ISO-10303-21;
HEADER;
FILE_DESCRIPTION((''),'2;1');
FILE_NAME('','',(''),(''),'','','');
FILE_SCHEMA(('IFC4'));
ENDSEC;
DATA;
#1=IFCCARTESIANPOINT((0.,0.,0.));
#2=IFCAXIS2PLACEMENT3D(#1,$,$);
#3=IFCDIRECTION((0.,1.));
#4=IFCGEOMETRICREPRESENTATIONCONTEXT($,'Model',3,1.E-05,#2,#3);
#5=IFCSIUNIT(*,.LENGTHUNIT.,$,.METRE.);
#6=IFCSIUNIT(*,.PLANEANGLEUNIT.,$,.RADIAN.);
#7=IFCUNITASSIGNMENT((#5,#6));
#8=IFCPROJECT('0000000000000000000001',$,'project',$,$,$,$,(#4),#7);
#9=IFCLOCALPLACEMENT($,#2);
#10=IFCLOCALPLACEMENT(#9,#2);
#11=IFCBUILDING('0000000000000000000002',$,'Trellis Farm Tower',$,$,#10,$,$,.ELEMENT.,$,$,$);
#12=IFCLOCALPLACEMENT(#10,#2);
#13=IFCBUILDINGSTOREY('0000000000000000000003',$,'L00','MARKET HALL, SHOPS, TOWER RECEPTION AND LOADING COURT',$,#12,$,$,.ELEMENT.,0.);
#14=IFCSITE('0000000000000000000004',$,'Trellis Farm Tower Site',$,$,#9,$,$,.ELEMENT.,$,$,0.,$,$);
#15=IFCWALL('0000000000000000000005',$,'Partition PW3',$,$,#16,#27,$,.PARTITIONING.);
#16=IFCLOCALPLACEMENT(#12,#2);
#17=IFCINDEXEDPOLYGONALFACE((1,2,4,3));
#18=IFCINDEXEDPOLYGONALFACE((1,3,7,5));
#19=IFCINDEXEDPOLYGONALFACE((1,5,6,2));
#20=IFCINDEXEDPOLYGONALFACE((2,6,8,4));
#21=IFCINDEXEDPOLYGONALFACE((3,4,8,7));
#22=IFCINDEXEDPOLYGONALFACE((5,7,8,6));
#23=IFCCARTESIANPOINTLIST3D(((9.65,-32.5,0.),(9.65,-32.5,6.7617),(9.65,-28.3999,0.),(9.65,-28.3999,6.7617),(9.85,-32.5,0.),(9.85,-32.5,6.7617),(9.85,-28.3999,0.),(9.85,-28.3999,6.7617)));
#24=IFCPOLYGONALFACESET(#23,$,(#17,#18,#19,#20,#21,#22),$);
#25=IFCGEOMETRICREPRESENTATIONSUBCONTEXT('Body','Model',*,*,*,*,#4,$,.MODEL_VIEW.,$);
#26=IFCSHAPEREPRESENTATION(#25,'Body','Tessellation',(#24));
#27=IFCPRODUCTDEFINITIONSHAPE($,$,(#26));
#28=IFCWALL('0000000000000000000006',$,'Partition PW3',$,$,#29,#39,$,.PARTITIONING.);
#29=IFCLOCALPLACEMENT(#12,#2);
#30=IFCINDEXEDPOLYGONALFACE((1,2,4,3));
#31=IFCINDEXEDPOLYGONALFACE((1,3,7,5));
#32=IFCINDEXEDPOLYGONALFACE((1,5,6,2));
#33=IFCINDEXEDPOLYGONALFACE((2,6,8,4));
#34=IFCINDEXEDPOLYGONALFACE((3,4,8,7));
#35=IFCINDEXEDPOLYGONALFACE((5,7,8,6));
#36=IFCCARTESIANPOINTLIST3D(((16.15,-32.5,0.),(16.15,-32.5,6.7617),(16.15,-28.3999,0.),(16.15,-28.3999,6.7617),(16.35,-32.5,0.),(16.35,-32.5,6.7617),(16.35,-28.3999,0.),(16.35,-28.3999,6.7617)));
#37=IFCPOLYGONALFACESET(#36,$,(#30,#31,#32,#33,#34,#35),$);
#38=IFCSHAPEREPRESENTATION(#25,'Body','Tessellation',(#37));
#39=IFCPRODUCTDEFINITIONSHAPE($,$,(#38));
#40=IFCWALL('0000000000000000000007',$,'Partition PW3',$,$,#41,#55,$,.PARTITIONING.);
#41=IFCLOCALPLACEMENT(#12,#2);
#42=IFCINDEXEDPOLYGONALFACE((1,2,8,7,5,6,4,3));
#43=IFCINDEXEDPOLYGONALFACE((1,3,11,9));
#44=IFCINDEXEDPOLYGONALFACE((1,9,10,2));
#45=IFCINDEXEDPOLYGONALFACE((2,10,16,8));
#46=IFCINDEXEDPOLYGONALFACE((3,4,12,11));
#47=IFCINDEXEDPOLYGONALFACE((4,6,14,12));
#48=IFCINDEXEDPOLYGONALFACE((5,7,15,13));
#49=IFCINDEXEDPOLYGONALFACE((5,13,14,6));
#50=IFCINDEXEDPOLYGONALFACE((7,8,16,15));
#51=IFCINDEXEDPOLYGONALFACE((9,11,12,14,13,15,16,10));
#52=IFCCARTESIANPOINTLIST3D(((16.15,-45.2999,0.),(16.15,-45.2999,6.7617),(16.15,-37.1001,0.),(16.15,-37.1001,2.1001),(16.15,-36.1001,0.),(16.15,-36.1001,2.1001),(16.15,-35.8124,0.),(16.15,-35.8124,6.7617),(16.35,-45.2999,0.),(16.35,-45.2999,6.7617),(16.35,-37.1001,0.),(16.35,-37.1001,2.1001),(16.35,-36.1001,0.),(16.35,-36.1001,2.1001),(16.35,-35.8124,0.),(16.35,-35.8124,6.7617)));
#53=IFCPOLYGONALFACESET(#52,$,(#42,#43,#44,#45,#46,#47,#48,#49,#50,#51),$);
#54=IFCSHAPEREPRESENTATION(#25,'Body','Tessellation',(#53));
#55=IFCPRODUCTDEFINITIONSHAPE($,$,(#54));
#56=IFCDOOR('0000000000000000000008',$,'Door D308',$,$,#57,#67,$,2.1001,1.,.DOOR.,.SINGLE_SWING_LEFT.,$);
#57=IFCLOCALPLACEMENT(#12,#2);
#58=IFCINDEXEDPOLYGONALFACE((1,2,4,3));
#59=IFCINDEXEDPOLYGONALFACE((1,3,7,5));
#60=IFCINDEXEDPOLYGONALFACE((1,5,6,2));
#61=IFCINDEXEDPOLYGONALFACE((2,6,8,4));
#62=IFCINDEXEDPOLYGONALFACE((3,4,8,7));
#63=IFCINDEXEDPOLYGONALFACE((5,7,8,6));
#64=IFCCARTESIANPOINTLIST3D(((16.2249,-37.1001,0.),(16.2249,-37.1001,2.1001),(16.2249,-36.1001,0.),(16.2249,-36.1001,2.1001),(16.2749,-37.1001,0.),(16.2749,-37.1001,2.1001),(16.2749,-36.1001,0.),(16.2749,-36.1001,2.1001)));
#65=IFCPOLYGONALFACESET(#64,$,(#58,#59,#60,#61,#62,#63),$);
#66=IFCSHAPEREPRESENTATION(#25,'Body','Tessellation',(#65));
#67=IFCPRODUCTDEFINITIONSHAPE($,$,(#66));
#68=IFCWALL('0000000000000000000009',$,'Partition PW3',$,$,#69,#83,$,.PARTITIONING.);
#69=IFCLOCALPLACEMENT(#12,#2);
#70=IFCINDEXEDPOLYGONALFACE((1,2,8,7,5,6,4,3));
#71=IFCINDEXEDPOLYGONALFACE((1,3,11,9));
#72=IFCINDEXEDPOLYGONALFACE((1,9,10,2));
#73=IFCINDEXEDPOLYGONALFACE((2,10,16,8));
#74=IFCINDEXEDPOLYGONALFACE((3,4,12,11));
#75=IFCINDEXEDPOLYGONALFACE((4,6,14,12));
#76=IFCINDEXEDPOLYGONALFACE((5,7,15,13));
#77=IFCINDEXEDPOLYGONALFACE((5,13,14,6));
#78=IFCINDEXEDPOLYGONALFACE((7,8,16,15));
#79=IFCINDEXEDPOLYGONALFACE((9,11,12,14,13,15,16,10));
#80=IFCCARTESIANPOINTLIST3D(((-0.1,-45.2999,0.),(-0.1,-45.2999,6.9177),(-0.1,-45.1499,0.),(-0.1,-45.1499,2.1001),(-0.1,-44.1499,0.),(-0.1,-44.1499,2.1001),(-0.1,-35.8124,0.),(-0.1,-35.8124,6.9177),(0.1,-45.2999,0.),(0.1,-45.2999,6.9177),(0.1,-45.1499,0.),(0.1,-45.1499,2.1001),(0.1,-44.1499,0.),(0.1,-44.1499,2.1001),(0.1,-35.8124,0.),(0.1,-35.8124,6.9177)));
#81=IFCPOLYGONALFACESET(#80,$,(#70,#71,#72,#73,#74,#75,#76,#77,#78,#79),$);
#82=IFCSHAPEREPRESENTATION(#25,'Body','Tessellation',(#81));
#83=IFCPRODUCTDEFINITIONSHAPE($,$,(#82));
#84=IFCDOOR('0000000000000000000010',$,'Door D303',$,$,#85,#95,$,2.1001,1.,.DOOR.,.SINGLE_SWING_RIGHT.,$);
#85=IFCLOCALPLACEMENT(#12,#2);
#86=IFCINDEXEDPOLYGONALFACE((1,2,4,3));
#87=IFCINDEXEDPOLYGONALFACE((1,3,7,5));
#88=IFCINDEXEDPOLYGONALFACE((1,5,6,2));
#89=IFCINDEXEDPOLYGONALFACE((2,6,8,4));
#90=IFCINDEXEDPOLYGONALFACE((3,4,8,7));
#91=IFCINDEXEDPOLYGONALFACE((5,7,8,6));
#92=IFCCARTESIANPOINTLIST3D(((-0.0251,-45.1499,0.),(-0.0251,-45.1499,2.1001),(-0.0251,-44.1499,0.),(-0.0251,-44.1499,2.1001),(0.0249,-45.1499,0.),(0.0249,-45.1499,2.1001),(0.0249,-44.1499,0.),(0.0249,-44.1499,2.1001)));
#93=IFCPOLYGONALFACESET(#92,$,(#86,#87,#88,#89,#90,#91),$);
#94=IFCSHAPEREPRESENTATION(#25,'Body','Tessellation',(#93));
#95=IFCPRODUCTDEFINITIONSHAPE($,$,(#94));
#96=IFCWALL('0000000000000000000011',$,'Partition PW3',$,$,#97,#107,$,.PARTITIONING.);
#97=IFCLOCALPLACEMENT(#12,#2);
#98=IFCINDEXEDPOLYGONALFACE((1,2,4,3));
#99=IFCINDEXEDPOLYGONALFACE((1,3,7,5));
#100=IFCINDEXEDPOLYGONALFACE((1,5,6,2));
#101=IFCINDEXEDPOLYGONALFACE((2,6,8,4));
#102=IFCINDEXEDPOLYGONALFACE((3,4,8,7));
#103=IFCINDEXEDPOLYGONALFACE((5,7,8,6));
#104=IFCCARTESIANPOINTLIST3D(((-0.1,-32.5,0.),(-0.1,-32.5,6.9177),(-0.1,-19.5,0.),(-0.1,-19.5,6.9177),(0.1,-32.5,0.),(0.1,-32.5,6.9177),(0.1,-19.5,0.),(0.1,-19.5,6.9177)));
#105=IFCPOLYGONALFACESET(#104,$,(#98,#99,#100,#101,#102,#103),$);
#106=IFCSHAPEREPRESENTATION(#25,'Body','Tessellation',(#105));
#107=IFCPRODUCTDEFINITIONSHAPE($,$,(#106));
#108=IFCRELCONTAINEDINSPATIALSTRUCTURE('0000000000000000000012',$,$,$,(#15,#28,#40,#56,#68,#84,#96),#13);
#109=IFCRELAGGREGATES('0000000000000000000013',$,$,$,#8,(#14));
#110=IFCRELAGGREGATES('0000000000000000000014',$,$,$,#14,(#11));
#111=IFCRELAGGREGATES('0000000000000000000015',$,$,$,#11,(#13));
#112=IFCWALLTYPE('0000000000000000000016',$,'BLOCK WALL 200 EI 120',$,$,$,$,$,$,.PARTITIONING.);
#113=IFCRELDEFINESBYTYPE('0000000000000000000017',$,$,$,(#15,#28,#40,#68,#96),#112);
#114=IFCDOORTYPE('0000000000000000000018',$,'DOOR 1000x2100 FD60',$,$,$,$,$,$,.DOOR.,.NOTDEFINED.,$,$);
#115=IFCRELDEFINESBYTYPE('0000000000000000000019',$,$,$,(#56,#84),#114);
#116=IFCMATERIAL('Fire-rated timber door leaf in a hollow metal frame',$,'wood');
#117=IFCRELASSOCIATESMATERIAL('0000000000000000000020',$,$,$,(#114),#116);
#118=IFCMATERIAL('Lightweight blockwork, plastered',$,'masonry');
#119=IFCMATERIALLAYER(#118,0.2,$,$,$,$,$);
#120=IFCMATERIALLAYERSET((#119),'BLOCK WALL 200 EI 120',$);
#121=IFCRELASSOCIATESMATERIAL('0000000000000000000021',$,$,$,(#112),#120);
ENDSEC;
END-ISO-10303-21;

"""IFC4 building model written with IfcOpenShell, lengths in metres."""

from ifc_helpers import new_model, si_unit, direction, frame, frame_2d, origin, place, context, subcontext, project, spatial, rectangle, extrude, source, transform, mapped, material, layer, layer_set, type_object, element, fill, save


model = new_model("IFC4")

# Units and contexts
model_context = context("Model", 3, precision=1e-05, world=origin(), true_north=direction((0.0, 1.0)))
body_context = subcontext(model_context, "Body", "Model", "MODEL_VIEW")
ifc_project = project(units=[si_unit("LENGTHUNIT", "METRE"), si_unit("PLANEANGLEUNIT", "RADIAN")], contexts=[model_context])

# Site, building, storey
site_placement = place(None, origin())
site = spatial("IfcSite", under=ifc_project, at=site_placement, Name="Trellis Farm Tower Site", CompositionType="ELEMENT", RefElevation=0.0)
building_placement = place(site_placement, origin())
building = spatial("IfcBuilding", under=site, at=building_placement, Name="Trellis Farm Tower", CompositionType="ELEMENT")
storey_placement = place(building_placement, origin())
storey = spatial("IfcBuildingStorey", under=building, at=storey_placement, Name="L00", Description="MARKET HALL, SHOPS, TOWER RECEPTION AND LOADING COURT", CompositionType="ELEMENT", Elevation=0.0)

# Shared definitions
ifc_material_1 = material(Name="Fire-rated timber door leaf in a hollow metal frame", Category="wood")
door_type_1 = type_object("IfcDoorType", Name="DOOR 1000x2100 FD60", OperationType="NOTDEFINED", PredefinedType="DOOR", material=ifc_material_1)
shared_shape_1 = source(origin(), body_context, "Body", "SweptSolid", [
    extrude(rectangle(XDim=1.0, YDim=2.1001, at=frame_2d((0.5, 1.05))), frame((0.0, 0.0249, 0.0), z_axis=(0.0, -1.0, 0.0), x_axis=(1.0, 0.0, 0.0)), (0.0, 0.0, 1.0), 0.05),
])

# Shared definitions
ifc_material_2 = material(Name="Lightweight blockwork, plastered", Category="masonry")
ifc_layer_1 = layer(ifc_material_2, 0.2)
ifc_layer_set_1 = layer_set([ifc_layer_1], Name="BLOCK WALL 200 EI 120")
wall_type_1 = type_object("IfcWallType", Name="BLOCK WALL 200 EI 120", PredefinedType="PARTITIONING", material=ifc_layer_set_1)

# Walls
shared_shape_2 = source(origin(), body_context, "Body", "SweptSolid", [
    extrude(rectangle(XDim=4.1001, YDim=0.2, at=frame_2d((2.05, 0.0))), origin(), (0.0, 0.0, 1.0), 6.7617),
])
for number, where, z_axis, x_axis, name in (
    (1, (9.75, -32.5, 0.0), (0.0, 0.0, 1.0), (0.0, 1.0, 0.0), "Partition PW3"),
    (2, (16.25, -32.5, 0.0), (0.0, 0.0, 1.0), (0.0, 1.0, 0.0), "Partition PW3"),
):
    element("IfcWall", number, at=place(storey_placement, frame(where, z_axis=z_axis, x_axis=x_axis)), inside=storey, type_object=wall_type_1, Name=name, PredefinedType="PARTITIONING", context=body_context, shape_type="MappedRepresentation", body=[
        mapped(shared_shape_2, transform((0.0, 0.0, 0.0))),
    ])

# Walls, openings, doors
shared_shape_3 = source(origin(), body_context, "Body", "SweptSolid", [
    extrude(rectangle(XDim=9.4875, YDim=0.2, at=frame_2d((4.7437, 0.0))), origin(), (0.0, 0.0, 1.0), 6.7617),
])
wall_1_placement = place(storey_placement, frame((16.25, -35.8125, 0.0), z_axis=(0.0, 0.0, 1.0), x_axis=(0.0, -1.0, 0.0)))
wall_1 = element("IfcWall", 3, at=wall_1_placement, inside=storey, type_object=wall_type_1, Name="Partition PW3", PredefinedType="PARTITIONING", context=body_context, shape_type="MappedRepresentation", body=[
    mapped(shared_shape_3, transform((0.0, 0.0, 0.0))),
])
shared_shape_4 = source(origin(), body_context, "Body", "SweptSolid", [
    extrude(rectangle(XDim=1.0, YDim=2.1001, at=frame_2d((0.5, 1.05))), frame((0.0, 0.1101, 0.0), z_axis=(0.0, -1.0, 0.0), x_axis=(1.0, 0.0, 0.0)), (0.0, 0.0, 1.0), 0.2202),
])
opening_1_placement = place(wall_1_placement, frame((0.2876, 0.0, 0.0)))
opening_1 = element("IfcOpeningElement", 4, at=opening_1_placement, cuts=wall_1, PredefinedType="OPENING", context=body_context, shape_type="MappedRepresentation", body=[
    mapped(shared_shape_4, transform((0.0, 0.0, 0.0))),
])
door_1_placement = place(opening_1_placement, origin())
door_1 = element("IfcDoor", 5, at=door_1_placement, inside=storey, type_object=door_type_1, Name="Door D308", OperationType="SINGLE_SWING_LEFT", OverallHeight=2.1001, OverallWidth=1.0, PredefinedType="DOOR", context=body_context, shape_type="MappedRepresentation", body=[
    mapped(shared_shape_1, transform((0.0, 0.0, 0.0))),
])
fill(opening_1, door_1)
shared_shape_5 = source(origin(), body_context, "Body", "SweptSolid", [
    extrude(rectangle(XDim=9.4875, YDim=0.2, at=frame_2d((4.7437, 0.0))), origin(), (0.0, 0.0, 1.0), 6.9177),
])
wall_2_placement = place(storey_placement, frame((0.0, -35.8125, 0.0), z_axis=(0.0, 0.0, 1.0), x_axis=(0.0, -1.0, 0.0)))
wall_2 = element("IfcWall", 6, at=wall_2_placement, inside=storey, type_object=wall_type_1, Name="Partition PW3", PredefinedType="PARTITIONING", context=body_context, shape_type="MappedRepresentation", body=[
    mapped(shared_shape_5, transform((0.0, 0.0, 0.0))),
])
opening_2_placement = place(wall_2_placement, frame((8.3374, 0.0, 0.0)))
opening_2 = element("IfcOpeningElement", 7, at=opening_2_placement, cuts=wall_2, PredefinedType="OPENING", context=body_context, shape_type="MappedRepresentation", body=[
    mapped(shared_shape_4, transform((0.0, 0.0, 0.0))),
])
door_2_placement = place(opening_2_placement, origin())
door_2 = element("IfcDoor", 8, at=door_2_placement, inside=storey, type_object=door_type_1, Name="Door D303", OperationType="SINGLE_SWING_RIGHT", OverallHeight=2.1001, OverallWidth=1.0, PredefinedType="DOOR", context=body_context, shape_type="MappedRepresentation", body=[
    mapped(shared_shape_1, transform((0.0, 0.0, 0.0))),
])
fill(opening_2, door_2)

# Wall
shared_shape_6 = source(origin(), body_context, "Body", "SweptSolid", [
    extrude(rectangle(XDim=13.0, YDim=0.2, at=frame_2d((6.5, 0.0))), origin(), (0.0, 0.0, 1.0), 6.9177),
])
wall_3_placement = place(storey_placement, frame((0.0, -32.5, 0.0), z_axis=(0.0, 0.0, 1.0), x_axis=(0.0, 1.0, 0.0)))
element("IfcWall", 9, at=wall_3_placement, inside=storey, type_object=wall_type_1, Name="Partition PW3", PredefinedType="PARTITIONING", context=body_context, shape_type="MappedRepresentation", body=[
    mapped(shared_shape_6, transform((0.0, 0.0, 0.0))),
])

save(model, "model.ifc")
